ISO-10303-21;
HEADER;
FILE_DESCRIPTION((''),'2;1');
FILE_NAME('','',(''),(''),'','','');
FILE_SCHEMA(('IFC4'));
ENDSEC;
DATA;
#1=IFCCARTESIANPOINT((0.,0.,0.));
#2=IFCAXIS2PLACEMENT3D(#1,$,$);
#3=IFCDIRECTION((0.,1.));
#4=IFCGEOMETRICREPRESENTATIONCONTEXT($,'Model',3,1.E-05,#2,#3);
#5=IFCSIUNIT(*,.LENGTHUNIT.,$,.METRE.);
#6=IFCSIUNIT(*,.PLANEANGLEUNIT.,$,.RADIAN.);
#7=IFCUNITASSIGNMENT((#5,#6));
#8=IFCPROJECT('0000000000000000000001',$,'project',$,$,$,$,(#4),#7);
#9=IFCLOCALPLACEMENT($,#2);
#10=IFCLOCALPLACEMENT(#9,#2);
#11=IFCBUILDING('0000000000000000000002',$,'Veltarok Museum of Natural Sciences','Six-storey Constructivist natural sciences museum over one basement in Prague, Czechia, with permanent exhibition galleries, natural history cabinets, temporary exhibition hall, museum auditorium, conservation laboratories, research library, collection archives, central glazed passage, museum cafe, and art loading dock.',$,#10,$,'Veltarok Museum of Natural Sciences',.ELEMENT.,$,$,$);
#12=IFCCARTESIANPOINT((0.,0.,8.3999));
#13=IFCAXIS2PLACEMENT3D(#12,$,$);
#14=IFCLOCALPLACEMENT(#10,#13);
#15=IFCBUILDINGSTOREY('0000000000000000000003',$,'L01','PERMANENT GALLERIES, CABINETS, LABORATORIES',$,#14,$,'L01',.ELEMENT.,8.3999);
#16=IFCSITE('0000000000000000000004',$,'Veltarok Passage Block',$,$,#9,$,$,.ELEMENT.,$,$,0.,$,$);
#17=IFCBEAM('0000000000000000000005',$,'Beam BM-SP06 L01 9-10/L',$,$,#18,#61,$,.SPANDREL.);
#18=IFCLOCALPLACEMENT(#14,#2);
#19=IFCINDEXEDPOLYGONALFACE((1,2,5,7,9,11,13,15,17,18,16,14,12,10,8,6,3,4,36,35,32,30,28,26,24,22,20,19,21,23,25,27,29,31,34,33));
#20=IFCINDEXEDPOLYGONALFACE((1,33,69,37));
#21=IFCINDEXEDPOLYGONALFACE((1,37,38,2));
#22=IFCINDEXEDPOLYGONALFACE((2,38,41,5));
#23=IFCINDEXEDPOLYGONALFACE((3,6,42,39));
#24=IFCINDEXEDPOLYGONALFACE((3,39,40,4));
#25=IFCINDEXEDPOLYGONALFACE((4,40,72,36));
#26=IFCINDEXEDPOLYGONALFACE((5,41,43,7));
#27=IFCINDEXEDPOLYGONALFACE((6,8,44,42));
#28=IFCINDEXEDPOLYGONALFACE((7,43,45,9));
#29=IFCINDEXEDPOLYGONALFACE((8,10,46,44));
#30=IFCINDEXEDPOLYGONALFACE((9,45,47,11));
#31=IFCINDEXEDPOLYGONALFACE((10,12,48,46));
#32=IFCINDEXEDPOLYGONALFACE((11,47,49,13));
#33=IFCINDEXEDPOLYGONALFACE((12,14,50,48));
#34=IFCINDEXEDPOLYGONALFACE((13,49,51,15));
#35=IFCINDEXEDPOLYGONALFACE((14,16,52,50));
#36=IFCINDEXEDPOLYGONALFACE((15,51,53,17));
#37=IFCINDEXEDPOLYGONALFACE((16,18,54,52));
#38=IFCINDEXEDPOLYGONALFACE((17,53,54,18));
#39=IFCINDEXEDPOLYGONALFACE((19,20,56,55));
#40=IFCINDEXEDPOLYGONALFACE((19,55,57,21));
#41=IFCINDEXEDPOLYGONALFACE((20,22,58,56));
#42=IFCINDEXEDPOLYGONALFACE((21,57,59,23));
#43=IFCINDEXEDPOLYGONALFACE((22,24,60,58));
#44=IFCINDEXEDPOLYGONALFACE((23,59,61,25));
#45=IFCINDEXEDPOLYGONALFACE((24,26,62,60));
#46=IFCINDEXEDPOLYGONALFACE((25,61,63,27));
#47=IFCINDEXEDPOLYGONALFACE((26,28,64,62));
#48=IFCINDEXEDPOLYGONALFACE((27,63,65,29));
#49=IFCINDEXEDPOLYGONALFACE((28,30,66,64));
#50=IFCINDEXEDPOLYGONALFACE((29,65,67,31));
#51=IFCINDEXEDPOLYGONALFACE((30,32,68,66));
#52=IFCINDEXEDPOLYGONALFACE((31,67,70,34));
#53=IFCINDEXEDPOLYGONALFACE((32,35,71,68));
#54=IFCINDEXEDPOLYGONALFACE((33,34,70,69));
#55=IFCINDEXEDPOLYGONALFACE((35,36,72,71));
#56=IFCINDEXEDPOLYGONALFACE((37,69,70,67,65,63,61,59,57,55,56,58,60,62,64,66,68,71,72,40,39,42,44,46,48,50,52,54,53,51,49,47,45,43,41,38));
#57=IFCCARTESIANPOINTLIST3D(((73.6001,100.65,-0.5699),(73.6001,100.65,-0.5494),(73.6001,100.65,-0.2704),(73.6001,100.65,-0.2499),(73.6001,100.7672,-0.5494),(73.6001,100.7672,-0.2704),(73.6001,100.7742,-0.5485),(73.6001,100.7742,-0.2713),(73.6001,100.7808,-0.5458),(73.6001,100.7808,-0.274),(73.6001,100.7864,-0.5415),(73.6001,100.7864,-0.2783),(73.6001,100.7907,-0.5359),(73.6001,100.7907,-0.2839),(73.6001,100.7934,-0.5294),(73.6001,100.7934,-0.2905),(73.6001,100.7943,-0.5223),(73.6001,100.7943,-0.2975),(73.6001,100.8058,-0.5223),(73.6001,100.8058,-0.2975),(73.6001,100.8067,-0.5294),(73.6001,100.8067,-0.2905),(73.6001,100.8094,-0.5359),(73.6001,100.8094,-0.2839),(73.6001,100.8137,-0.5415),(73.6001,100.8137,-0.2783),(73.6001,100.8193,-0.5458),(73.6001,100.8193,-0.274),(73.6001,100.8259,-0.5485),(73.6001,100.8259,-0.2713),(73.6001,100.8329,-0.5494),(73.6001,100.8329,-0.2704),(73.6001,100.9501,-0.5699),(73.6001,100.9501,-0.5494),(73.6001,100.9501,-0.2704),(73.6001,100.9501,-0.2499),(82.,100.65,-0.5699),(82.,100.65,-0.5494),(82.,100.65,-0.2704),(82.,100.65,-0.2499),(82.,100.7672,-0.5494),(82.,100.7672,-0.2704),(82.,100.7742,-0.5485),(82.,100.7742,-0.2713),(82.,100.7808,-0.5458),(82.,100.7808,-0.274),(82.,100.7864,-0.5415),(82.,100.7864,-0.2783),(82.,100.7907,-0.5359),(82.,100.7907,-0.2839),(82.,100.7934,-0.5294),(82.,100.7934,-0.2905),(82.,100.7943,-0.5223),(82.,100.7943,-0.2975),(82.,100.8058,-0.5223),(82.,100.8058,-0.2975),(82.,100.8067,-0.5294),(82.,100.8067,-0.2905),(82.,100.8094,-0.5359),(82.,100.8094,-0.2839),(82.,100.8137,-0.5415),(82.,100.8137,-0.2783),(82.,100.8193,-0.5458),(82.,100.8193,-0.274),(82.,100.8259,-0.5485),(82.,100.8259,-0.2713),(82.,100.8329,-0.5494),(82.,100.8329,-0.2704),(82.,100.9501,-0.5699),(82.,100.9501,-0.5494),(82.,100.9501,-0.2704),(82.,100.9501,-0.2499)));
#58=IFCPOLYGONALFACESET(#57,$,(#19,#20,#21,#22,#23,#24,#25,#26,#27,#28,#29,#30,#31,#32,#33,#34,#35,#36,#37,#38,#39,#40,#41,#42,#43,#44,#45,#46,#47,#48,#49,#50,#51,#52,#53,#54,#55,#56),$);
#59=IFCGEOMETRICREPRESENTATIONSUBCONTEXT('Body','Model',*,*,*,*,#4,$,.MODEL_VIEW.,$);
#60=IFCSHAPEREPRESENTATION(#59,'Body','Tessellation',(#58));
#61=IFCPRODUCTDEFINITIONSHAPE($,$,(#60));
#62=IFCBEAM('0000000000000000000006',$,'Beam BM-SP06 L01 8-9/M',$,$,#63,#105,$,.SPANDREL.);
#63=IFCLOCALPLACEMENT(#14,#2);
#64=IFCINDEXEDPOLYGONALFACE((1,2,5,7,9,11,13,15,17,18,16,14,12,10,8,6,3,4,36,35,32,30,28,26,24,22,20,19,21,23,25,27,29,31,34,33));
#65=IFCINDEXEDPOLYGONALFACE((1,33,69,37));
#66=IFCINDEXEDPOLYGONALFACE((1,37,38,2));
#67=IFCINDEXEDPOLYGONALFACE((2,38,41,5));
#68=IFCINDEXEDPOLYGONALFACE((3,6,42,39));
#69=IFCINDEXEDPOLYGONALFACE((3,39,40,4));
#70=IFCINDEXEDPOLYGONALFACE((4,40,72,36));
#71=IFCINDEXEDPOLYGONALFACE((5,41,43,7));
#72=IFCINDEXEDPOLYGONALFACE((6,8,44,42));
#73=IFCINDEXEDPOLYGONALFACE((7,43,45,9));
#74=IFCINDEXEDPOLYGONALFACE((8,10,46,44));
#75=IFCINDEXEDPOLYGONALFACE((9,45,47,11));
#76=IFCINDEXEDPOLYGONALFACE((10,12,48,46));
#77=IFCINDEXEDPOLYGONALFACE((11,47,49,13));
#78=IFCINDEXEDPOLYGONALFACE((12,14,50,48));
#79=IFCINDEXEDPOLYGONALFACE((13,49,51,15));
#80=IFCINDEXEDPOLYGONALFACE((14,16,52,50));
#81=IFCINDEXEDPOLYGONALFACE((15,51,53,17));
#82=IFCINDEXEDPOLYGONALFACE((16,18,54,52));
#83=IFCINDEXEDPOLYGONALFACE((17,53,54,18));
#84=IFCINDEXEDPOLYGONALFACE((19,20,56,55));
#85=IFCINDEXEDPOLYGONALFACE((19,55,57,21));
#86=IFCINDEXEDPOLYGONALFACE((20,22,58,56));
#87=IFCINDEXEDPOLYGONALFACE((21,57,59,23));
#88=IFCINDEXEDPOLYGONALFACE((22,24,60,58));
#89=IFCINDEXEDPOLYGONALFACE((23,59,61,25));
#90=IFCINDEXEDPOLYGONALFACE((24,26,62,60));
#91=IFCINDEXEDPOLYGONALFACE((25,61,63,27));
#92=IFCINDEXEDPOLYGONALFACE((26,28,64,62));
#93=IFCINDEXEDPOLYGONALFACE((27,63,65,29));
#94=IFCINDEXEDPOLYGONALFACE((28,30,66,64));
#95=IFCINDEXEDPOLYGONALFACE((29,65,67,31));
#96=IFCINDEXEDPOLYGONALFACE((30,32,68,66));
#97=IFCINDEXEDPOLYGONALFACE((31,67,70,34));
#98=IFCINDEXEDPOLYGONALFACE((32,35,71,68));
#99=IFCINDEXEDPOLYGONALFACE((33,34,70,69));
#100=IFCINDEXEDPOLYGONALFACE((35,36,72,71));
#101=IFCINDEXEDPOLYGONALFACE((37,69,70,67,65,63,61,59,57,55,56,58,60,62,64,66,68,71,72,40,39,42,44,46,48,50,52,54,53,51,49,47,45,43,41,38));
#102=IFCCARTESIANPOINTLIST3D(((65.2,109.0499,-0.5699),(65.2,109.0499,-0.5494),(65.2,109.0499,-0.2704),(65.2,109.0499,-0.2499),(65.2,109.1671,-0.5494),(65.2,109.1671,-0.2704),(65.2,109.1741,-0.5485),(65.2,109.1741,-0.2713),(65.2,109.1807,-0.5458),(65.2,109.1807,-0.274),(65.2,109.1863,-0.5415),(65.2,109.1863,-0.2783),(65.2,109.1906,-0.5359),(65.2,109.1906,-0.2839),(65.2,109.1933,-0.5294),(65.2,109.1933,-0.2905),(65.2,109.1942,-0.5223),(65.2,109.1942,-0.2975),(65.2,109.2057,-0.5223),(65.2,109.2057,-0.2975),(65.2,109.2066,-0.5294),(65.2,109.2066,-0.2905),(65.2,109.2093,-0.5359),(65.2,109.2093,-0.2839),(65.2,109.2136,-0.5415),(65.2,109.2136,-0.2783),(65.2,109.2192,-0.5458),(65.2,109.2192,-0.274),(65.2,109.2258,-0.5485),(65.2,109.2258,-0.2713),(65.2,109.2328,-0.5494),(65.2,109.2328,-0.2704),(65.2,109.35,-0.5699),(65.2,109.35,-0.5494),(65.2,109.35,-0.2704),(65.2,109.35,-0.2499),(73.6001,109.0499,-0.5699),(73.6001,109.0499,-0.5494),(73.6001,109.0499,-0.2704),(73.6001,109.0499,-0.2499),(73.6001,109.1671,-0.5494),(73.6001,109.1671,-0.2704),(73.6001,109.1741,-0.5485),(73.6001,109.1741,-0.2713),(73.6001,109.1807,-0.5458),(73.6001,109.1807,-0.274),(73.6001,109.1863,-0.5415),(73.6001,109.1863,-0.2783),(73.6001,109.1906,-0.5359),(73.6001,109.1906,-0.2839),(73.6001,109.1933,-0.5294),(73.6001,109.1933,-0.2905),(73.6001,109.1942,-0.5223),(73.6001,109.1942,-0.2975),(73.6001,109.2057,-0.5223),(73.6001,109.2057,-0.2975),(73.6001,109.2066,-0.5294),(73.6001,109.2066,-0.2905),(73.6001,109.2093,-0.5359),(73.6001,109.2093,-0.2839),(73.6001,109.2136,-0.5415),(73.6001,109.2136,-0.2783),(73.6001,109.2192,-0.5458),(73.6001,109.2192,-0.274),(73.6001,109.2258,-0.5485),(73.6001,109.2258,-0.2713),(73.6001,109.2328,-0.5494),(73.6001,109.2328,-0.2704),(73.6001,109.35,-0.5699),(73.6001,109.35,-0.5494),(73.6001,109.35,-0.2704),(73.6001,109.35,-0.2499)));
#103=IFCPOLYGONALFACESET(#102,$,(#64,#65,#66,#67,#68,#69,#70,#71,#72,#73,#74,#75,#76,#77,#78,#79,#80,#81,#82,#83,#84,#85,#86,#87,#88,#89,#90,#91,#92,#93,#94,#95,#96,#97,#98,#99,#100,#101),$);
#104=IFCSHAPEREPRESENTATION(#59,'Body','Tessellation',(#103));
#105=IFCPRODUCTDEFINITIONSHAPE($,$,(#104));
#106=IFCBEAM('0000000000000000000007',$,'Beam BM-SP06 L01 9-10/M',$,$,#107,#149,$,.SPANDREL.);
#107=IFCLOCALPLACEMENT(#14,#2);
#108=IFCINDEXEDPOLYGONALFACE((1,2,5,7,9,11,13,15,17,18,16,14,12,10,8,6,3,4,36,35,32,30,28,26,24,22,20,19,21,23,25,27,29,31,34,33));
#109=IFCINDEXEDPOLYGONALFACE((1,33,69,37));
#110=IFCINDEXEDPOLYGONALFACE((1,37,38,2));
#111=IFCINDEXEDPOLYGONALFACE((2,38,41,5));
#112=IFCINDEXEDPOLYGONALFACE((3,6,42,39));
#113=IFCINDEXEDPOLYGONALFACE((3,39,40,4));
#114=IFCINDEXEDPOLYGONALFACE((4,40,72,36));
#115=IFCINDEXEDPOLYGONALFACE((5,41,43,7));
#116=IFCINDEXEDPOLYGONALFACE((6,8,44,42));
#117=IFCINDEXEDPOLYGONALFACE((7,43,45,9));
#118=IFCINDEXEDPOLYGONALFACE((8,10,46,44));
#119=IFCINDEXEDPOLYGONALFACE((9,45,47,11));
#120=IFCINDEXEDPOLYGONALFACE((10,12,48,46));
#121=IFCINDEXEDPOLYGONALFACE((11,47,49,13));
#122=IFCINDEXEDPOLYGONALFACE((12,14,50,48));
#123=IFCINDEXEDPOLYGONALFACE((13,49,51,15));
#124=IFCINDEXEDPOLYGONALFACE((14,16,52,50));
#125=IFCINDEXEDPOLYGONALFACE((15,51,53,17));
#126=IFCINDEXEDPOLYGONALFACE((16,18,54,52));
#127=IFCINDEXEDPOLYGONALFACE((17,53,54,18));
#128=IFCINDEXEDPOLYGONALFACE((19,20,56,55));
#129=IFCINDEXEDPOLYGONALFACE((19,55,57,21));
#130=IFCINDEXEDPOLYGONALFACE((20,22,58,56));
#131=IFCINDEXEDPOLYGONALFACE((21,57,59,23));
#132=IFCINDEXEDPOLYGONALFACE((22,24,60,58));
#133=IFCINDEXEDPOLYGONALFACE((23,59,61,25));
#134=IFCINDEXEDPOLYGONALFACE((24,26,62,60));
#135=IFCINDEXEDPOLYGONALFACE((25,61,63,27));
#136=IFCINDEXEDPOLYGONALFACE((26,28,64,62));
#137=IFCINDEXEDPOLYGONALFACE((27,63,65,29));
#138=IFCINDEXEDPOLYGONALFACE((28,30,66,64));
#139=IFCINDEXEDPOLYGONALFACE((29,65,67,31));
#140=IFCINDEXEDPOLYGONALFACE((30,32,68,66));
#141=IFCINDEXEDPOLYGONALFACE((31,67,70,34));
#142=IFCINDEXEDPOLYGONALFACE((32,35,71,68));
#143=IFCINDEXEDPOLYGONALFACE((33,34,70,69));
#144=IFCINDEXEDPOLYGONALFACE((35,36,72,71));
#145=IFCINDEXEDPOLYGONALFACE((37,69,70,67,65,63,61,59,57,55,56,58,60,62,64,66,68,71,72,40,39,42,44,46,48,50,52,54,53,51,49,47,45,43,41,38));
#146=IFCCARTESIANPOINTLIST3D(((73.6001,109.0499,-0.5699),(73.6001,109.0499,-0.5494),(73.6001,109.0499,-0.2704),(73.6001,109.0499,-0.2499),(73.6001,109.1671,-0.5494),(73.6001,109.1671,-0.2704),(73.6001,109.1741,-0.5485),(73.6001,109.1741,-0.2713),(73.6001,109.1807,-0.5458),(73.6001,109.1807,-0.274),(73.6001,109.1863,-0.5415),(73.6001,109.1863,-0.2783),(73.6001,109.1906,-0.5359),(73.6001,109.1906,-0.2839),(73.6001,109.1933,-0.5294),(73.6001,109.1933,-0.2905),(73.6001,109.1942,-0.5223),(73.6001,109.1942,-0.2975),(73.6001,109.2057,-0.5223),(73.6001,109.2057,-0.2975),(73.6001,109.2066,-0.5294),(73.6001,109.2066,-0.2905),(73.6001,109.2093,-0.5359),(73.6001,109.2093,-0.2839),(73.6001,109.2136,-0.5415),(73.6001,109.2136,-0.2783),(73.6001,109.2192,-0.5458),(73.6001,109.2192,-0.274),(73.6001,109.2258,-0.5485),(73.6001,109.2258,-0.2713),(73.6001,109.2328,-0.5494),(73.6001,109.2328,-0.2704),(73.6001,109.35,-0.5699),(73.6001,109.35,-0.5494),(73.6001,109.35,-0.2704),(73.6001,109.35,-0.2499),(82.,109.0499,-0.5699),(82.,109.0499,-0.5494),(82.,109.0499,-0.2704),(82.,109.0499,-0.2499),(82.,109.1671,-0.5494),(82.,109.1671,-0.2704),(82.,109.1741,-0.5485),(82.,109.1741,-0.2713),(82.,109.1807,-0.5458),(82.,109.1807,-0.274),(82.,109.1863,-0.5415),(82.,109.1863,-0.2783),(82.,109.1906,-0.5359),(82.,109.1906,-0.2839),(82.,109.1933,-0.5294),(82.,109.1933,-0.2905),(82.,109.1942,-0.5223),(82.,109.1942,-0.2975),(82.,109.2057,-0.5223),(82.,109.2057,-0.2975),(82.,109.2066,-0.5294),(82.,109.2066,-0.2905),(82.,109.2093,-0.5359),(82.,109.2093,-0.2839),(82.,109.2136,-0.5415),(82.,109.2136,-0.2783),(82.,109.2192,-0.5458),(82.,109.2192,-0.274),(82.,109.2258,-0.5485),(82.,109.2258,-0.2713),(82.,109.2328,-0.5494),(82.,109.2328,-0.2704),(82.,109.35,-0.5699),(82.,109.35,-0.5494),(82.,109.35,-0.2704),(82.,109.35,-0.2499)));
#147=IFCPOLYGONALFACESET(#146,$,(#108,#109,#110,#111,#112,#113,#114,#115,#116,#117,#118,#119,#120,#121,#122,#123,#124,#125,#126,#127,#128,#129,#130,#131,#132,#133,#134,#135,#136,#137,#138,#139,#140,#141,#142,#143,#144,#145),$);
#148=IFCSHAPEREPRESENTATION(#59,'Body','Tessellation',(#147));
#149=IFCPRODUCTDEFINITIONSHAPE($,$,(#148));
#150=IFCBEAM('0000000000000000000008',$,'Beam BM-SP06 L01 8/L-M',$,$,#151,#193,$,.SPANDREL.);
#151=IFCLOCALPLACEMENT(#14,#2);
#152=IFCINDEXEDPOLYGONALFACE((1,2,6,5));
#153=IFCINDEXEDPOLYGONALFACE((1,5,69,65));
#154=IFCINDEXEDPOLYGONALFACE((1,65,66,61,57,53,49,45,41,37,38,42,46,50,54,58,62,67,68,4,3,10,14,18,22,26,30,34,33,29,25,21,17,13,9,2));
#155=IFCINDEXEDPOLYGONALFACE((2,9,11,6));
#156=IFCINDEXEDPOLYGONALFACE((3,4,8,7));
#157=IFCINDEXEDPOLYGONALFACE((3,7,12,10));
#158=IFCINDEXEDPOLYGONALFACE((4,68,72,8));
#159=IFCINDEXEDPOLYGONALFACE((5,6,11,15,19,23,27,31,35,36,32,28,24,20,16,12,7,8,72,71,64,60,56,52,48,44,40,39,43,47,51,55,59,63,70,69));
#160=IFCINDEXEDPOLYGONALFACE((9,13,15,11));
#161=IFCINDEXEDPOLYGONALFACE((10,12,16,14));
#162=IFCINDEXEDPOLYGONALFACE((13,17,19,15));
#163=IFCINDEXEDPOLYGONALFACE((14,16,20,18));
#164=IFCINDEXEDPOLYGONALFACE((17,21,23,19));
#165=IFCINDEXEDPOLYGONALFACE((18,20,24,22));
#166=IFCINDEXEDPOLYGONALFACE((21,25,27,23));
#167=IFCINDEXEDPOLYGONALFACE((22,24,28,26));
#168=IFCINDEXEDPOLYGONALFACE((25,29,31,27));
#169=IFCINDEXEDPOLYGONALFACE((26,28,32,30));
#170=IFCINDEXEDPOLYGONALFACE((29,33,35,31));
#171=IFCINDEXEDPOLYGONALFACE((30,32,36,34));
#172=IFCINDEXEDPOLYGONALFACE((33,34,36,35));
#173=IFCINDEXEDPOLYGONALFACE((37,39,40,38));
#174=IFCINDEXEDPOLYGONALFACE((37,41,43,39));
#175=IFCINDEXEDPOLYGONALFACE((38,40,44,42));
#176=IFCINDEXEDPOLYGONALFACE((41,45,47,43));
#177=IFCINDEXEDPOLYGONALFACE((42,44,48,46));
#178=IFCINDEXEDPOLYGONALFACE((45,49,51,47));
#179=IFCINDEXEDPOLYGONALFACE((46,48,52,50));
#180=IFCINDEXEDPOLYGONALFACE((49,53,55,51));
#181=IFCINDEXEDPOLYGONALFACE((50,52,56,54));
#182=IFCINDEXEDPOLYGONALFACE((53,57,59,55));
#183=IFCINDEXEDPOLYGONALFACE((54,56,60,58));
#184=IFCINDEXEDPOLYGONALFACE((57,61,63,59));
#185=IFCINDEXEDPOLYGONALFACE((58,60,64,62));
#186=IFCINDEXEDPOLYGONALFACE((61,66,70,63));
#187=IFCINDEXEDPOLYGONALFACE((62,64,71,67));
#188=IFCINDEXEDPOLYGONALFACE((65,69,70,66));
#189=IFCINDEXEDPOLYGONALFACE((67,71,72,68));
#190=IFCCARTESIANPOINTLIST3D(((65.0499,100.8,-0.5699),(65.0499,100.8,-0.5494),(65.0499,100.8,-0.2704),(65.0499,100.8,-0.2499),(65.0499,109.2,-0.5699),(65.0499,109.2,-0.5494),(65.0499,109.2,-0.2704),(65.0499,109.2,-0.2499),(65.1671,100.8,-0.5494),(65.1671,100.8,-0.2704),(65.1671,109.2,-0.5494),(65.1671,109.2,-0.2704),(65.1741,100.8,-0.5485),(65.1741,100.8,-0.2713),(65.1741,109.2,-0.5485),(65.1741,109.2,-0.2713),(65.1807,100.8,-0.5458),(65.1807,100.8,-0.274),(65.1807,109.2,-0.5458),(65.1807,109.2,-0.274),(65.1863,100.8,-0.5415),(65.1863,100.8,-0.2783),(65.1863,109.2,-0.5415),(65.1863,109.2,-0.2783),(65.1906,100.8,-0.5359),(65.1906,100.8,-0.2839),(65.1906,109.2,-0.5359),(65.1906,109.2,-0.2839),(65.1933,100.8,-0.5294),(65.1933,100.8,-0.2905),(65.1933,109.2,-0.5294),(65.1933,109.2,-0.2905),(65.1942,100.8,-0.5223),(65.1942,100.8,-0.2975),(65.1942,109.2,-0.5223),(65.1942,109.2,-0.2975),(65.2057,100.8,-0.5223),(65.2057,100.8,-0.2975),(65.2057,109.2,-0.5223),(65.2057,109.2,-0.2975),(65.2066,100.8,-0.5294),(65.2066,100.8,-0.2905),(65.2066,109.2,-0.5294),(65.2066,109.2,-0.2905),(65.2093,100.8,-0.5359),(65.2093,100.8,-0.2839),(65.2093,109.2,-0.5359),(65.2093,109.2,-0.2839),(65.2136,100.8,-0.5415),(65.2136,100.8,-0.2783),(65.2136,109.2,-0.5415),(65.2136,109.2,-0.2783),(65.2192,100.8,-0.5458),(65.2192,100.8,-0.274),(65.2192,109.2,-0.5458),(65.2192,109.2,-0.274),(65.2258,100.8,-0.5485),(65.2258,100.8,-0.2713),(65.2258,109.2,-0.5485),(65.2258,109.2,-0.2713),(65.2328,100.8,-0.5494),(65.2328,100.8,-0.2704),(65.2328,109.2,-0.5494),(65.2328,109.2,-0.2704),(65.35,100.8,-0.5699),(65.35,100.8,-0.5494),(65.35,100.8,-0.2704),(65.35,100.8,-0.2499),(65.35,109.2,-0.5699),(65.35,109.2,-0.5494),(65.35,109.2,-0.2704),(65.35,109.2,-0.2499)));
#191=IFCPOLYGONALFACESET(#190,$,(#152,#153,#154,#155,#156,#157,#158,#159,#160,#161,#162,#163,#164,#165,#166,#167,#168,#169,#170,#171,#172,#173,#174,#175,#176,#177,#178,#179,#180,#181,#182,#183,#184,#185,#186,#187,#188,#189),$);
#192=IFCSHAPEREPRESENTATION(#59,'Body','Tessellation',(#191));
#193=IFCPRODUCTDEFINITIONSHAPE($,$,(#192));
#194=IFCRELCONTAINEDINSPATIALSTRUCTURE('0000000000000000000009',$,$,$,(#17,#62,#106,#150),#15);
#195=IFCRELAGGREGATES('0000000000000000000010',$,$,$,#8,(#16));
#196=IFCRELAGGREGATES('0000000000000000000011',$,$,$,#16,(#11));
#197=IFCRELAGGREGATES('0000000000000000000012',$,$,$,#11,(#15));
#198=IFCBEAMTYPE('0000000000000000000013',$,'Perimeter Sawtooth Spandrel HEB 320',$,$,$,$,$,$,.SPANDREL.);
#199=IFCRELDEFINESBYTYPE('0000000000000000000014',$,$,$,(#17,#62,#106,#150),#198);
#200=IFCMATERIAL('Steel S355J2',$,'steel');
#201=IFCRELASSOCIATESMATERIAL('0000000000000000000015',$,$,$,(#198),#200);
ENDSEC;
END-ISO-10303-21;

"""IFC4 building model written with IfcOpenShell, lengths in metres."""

from ifc_helpers import new_model, si_unit, direction, frame, origin, origin_2d, place, context, subcontext, project, spatial, i_section, extrude, material, material_profile, profile_set, type_object, element, save


model = new_model("IFC4")

# Units and contexts
model_context = context("Model", 3, precision=1e-05, world=origin(), true_north=direction((0.0, 1.0)))
body_context = subcontext(model_context, "Body", "Model", "MODEL_VIEW")
ifc_project = project(units=[si_unit("LENGTHUNIT", "METRE"), si_unit("PLANEANGLEUNIT", "RADIAN")], contexts=[model_context])

# Site, building, storey
site_placement = place(None, origin())
site = spatial("IfcSite", under=ifc_project, at=site_placement, Name="Veltarok Passage Block", CompositionType="ELEMENT", RefElevation=0.0)
building_placement = place(site_placement, origin())
building = spatial("IfcBuilding", under=site, at=building_placement, Name="Veltarok Museum of Natural Sciences", Description="Six-storey Constructivist natural sciences museum over one basement in Prague, Czechia, with permanent exhibition galleries, natural history cabinets, temporary exhibition hall, museum auditorium, conservation laboratories, research library, collection archives, central glazed passage, museum cafe, and art loading dock.", LongName="Veltarok Museum of Natural Sciences", CompositionType="ELEMENT")
storey_placement = place(building_placement, frame((0.0, 0.0, 8.3999)))
storey = spatial("IfcBuildingStorey", under=building, at=storey_placement, Name="L01", Description="PERMANENT GALLERIES, CABINETS, LABORATORIES", LongName="L01", CompositionType="ELEMENT", Elevation=8.3999)

# Shared definitions
ifc_material_1 = material(Name="Steel S355J2", Category="steel")

# Beams
ifc_material_profile_1 = material_profile(ifc_material_1, i_section(OverallWidth=0.3, OverallDepth=0.3201, WebThickness=0.0115, FlangeThickness=0.0205, FilletRadius=0.0271, at=origin_2d()), Name="HEB 320")
ifc_profile_set_1 = profile_set([ifc_material_profile_1], Name="Steel S355J2")
beam_type_1 = type_object("IfcBeamType", Name="Perimeter Sawtooth Spandrel HEB 320", PredefinedType="SPANDREL", material=ifc_profile_set_1)
for number, where, z_axis, x_axis, name in (
    (1, (73.6001, 100.8, -0.4099), (1.0, 0.0, 0.0), (0.0, 1.0, 0.0), "Beam BM-SP06 L01 9-10/L"),
):
    element("IfcBeam", number, at=place(storey_placement, frame(where, z_axis=z_axis, x_axis=x_axis)), inside=storey, type_object=beam_type_1, Name=name, PredefinedType="SPANDREL", context=body_context, shape_type="SweptSolid", body=[
        extrude(i_section(OverallWidth=0.3, OverallDepth=0.3201, WebThickness=0.0115, FlangeThickness=0.0205, FilletRadius=0.0271, at=origin_2d()), origin(), (0.0, 0.0, 1.0), 8.3999),
    ])
beam_1_placement = place(storey_placement, frame((65.2, 109.2, -0.4099), z_axis=(1.0, 0.0, 0.0), x_axis=(0.0, 1.0, 0.0)))
element("IfcBeam", 2, at=beam_1_placement, inside=storey, type_object=beam_type_1, Name="Beam BM-SP06 L01 8-9/M", PredefinedType="SPANDREL", context=body_context, shape_type="SweptSolid", body=[
    extrude(i_section(OverallWidth=0.3, OverallDepth=0.3201, WebThickness=0.0115, FlangeThickness=0.0205, FilletRadius=0.0271, at=origin_2d()), origin(), (0.0, 0.0, 1.0), 8.4001),
])
for number, where, z_axis, x_axis, name in (
    (3, (73.6001, 109.2, -0.4099), (1.0, 0.0, 0.0), (0.0, 1.0, 0.0), "Beam BM-SP06 L01 9-10/M"),
    (4, (65.2, 100.8, -0.4099), (0.0, 1.0, 0.0), (-1.0, 0.0, 0.0), "Beam BM-SP06 L01 8/L-M"),
):
    element("IfcBeam", number, at=place(storey_placement, frame(where, z_axis=z_axis, x_axis=x_axis)), inside=storey, type_object=beam_type_1, Name=name, PredefinedType="SPANDREL", context=body_context, shape_type="SweptSolid", body=[
        extrude(i_section(OverallWidth=0.3, OverallDepth=0.3201, WebThickness=0.0115, FlangeThickness=0.0205, FilletRadius=0.0271, at=origin_2d()), origin(), (0.0, 0.0, 1.0), 8.3999),
    ])

save(model, "model.ifc")
